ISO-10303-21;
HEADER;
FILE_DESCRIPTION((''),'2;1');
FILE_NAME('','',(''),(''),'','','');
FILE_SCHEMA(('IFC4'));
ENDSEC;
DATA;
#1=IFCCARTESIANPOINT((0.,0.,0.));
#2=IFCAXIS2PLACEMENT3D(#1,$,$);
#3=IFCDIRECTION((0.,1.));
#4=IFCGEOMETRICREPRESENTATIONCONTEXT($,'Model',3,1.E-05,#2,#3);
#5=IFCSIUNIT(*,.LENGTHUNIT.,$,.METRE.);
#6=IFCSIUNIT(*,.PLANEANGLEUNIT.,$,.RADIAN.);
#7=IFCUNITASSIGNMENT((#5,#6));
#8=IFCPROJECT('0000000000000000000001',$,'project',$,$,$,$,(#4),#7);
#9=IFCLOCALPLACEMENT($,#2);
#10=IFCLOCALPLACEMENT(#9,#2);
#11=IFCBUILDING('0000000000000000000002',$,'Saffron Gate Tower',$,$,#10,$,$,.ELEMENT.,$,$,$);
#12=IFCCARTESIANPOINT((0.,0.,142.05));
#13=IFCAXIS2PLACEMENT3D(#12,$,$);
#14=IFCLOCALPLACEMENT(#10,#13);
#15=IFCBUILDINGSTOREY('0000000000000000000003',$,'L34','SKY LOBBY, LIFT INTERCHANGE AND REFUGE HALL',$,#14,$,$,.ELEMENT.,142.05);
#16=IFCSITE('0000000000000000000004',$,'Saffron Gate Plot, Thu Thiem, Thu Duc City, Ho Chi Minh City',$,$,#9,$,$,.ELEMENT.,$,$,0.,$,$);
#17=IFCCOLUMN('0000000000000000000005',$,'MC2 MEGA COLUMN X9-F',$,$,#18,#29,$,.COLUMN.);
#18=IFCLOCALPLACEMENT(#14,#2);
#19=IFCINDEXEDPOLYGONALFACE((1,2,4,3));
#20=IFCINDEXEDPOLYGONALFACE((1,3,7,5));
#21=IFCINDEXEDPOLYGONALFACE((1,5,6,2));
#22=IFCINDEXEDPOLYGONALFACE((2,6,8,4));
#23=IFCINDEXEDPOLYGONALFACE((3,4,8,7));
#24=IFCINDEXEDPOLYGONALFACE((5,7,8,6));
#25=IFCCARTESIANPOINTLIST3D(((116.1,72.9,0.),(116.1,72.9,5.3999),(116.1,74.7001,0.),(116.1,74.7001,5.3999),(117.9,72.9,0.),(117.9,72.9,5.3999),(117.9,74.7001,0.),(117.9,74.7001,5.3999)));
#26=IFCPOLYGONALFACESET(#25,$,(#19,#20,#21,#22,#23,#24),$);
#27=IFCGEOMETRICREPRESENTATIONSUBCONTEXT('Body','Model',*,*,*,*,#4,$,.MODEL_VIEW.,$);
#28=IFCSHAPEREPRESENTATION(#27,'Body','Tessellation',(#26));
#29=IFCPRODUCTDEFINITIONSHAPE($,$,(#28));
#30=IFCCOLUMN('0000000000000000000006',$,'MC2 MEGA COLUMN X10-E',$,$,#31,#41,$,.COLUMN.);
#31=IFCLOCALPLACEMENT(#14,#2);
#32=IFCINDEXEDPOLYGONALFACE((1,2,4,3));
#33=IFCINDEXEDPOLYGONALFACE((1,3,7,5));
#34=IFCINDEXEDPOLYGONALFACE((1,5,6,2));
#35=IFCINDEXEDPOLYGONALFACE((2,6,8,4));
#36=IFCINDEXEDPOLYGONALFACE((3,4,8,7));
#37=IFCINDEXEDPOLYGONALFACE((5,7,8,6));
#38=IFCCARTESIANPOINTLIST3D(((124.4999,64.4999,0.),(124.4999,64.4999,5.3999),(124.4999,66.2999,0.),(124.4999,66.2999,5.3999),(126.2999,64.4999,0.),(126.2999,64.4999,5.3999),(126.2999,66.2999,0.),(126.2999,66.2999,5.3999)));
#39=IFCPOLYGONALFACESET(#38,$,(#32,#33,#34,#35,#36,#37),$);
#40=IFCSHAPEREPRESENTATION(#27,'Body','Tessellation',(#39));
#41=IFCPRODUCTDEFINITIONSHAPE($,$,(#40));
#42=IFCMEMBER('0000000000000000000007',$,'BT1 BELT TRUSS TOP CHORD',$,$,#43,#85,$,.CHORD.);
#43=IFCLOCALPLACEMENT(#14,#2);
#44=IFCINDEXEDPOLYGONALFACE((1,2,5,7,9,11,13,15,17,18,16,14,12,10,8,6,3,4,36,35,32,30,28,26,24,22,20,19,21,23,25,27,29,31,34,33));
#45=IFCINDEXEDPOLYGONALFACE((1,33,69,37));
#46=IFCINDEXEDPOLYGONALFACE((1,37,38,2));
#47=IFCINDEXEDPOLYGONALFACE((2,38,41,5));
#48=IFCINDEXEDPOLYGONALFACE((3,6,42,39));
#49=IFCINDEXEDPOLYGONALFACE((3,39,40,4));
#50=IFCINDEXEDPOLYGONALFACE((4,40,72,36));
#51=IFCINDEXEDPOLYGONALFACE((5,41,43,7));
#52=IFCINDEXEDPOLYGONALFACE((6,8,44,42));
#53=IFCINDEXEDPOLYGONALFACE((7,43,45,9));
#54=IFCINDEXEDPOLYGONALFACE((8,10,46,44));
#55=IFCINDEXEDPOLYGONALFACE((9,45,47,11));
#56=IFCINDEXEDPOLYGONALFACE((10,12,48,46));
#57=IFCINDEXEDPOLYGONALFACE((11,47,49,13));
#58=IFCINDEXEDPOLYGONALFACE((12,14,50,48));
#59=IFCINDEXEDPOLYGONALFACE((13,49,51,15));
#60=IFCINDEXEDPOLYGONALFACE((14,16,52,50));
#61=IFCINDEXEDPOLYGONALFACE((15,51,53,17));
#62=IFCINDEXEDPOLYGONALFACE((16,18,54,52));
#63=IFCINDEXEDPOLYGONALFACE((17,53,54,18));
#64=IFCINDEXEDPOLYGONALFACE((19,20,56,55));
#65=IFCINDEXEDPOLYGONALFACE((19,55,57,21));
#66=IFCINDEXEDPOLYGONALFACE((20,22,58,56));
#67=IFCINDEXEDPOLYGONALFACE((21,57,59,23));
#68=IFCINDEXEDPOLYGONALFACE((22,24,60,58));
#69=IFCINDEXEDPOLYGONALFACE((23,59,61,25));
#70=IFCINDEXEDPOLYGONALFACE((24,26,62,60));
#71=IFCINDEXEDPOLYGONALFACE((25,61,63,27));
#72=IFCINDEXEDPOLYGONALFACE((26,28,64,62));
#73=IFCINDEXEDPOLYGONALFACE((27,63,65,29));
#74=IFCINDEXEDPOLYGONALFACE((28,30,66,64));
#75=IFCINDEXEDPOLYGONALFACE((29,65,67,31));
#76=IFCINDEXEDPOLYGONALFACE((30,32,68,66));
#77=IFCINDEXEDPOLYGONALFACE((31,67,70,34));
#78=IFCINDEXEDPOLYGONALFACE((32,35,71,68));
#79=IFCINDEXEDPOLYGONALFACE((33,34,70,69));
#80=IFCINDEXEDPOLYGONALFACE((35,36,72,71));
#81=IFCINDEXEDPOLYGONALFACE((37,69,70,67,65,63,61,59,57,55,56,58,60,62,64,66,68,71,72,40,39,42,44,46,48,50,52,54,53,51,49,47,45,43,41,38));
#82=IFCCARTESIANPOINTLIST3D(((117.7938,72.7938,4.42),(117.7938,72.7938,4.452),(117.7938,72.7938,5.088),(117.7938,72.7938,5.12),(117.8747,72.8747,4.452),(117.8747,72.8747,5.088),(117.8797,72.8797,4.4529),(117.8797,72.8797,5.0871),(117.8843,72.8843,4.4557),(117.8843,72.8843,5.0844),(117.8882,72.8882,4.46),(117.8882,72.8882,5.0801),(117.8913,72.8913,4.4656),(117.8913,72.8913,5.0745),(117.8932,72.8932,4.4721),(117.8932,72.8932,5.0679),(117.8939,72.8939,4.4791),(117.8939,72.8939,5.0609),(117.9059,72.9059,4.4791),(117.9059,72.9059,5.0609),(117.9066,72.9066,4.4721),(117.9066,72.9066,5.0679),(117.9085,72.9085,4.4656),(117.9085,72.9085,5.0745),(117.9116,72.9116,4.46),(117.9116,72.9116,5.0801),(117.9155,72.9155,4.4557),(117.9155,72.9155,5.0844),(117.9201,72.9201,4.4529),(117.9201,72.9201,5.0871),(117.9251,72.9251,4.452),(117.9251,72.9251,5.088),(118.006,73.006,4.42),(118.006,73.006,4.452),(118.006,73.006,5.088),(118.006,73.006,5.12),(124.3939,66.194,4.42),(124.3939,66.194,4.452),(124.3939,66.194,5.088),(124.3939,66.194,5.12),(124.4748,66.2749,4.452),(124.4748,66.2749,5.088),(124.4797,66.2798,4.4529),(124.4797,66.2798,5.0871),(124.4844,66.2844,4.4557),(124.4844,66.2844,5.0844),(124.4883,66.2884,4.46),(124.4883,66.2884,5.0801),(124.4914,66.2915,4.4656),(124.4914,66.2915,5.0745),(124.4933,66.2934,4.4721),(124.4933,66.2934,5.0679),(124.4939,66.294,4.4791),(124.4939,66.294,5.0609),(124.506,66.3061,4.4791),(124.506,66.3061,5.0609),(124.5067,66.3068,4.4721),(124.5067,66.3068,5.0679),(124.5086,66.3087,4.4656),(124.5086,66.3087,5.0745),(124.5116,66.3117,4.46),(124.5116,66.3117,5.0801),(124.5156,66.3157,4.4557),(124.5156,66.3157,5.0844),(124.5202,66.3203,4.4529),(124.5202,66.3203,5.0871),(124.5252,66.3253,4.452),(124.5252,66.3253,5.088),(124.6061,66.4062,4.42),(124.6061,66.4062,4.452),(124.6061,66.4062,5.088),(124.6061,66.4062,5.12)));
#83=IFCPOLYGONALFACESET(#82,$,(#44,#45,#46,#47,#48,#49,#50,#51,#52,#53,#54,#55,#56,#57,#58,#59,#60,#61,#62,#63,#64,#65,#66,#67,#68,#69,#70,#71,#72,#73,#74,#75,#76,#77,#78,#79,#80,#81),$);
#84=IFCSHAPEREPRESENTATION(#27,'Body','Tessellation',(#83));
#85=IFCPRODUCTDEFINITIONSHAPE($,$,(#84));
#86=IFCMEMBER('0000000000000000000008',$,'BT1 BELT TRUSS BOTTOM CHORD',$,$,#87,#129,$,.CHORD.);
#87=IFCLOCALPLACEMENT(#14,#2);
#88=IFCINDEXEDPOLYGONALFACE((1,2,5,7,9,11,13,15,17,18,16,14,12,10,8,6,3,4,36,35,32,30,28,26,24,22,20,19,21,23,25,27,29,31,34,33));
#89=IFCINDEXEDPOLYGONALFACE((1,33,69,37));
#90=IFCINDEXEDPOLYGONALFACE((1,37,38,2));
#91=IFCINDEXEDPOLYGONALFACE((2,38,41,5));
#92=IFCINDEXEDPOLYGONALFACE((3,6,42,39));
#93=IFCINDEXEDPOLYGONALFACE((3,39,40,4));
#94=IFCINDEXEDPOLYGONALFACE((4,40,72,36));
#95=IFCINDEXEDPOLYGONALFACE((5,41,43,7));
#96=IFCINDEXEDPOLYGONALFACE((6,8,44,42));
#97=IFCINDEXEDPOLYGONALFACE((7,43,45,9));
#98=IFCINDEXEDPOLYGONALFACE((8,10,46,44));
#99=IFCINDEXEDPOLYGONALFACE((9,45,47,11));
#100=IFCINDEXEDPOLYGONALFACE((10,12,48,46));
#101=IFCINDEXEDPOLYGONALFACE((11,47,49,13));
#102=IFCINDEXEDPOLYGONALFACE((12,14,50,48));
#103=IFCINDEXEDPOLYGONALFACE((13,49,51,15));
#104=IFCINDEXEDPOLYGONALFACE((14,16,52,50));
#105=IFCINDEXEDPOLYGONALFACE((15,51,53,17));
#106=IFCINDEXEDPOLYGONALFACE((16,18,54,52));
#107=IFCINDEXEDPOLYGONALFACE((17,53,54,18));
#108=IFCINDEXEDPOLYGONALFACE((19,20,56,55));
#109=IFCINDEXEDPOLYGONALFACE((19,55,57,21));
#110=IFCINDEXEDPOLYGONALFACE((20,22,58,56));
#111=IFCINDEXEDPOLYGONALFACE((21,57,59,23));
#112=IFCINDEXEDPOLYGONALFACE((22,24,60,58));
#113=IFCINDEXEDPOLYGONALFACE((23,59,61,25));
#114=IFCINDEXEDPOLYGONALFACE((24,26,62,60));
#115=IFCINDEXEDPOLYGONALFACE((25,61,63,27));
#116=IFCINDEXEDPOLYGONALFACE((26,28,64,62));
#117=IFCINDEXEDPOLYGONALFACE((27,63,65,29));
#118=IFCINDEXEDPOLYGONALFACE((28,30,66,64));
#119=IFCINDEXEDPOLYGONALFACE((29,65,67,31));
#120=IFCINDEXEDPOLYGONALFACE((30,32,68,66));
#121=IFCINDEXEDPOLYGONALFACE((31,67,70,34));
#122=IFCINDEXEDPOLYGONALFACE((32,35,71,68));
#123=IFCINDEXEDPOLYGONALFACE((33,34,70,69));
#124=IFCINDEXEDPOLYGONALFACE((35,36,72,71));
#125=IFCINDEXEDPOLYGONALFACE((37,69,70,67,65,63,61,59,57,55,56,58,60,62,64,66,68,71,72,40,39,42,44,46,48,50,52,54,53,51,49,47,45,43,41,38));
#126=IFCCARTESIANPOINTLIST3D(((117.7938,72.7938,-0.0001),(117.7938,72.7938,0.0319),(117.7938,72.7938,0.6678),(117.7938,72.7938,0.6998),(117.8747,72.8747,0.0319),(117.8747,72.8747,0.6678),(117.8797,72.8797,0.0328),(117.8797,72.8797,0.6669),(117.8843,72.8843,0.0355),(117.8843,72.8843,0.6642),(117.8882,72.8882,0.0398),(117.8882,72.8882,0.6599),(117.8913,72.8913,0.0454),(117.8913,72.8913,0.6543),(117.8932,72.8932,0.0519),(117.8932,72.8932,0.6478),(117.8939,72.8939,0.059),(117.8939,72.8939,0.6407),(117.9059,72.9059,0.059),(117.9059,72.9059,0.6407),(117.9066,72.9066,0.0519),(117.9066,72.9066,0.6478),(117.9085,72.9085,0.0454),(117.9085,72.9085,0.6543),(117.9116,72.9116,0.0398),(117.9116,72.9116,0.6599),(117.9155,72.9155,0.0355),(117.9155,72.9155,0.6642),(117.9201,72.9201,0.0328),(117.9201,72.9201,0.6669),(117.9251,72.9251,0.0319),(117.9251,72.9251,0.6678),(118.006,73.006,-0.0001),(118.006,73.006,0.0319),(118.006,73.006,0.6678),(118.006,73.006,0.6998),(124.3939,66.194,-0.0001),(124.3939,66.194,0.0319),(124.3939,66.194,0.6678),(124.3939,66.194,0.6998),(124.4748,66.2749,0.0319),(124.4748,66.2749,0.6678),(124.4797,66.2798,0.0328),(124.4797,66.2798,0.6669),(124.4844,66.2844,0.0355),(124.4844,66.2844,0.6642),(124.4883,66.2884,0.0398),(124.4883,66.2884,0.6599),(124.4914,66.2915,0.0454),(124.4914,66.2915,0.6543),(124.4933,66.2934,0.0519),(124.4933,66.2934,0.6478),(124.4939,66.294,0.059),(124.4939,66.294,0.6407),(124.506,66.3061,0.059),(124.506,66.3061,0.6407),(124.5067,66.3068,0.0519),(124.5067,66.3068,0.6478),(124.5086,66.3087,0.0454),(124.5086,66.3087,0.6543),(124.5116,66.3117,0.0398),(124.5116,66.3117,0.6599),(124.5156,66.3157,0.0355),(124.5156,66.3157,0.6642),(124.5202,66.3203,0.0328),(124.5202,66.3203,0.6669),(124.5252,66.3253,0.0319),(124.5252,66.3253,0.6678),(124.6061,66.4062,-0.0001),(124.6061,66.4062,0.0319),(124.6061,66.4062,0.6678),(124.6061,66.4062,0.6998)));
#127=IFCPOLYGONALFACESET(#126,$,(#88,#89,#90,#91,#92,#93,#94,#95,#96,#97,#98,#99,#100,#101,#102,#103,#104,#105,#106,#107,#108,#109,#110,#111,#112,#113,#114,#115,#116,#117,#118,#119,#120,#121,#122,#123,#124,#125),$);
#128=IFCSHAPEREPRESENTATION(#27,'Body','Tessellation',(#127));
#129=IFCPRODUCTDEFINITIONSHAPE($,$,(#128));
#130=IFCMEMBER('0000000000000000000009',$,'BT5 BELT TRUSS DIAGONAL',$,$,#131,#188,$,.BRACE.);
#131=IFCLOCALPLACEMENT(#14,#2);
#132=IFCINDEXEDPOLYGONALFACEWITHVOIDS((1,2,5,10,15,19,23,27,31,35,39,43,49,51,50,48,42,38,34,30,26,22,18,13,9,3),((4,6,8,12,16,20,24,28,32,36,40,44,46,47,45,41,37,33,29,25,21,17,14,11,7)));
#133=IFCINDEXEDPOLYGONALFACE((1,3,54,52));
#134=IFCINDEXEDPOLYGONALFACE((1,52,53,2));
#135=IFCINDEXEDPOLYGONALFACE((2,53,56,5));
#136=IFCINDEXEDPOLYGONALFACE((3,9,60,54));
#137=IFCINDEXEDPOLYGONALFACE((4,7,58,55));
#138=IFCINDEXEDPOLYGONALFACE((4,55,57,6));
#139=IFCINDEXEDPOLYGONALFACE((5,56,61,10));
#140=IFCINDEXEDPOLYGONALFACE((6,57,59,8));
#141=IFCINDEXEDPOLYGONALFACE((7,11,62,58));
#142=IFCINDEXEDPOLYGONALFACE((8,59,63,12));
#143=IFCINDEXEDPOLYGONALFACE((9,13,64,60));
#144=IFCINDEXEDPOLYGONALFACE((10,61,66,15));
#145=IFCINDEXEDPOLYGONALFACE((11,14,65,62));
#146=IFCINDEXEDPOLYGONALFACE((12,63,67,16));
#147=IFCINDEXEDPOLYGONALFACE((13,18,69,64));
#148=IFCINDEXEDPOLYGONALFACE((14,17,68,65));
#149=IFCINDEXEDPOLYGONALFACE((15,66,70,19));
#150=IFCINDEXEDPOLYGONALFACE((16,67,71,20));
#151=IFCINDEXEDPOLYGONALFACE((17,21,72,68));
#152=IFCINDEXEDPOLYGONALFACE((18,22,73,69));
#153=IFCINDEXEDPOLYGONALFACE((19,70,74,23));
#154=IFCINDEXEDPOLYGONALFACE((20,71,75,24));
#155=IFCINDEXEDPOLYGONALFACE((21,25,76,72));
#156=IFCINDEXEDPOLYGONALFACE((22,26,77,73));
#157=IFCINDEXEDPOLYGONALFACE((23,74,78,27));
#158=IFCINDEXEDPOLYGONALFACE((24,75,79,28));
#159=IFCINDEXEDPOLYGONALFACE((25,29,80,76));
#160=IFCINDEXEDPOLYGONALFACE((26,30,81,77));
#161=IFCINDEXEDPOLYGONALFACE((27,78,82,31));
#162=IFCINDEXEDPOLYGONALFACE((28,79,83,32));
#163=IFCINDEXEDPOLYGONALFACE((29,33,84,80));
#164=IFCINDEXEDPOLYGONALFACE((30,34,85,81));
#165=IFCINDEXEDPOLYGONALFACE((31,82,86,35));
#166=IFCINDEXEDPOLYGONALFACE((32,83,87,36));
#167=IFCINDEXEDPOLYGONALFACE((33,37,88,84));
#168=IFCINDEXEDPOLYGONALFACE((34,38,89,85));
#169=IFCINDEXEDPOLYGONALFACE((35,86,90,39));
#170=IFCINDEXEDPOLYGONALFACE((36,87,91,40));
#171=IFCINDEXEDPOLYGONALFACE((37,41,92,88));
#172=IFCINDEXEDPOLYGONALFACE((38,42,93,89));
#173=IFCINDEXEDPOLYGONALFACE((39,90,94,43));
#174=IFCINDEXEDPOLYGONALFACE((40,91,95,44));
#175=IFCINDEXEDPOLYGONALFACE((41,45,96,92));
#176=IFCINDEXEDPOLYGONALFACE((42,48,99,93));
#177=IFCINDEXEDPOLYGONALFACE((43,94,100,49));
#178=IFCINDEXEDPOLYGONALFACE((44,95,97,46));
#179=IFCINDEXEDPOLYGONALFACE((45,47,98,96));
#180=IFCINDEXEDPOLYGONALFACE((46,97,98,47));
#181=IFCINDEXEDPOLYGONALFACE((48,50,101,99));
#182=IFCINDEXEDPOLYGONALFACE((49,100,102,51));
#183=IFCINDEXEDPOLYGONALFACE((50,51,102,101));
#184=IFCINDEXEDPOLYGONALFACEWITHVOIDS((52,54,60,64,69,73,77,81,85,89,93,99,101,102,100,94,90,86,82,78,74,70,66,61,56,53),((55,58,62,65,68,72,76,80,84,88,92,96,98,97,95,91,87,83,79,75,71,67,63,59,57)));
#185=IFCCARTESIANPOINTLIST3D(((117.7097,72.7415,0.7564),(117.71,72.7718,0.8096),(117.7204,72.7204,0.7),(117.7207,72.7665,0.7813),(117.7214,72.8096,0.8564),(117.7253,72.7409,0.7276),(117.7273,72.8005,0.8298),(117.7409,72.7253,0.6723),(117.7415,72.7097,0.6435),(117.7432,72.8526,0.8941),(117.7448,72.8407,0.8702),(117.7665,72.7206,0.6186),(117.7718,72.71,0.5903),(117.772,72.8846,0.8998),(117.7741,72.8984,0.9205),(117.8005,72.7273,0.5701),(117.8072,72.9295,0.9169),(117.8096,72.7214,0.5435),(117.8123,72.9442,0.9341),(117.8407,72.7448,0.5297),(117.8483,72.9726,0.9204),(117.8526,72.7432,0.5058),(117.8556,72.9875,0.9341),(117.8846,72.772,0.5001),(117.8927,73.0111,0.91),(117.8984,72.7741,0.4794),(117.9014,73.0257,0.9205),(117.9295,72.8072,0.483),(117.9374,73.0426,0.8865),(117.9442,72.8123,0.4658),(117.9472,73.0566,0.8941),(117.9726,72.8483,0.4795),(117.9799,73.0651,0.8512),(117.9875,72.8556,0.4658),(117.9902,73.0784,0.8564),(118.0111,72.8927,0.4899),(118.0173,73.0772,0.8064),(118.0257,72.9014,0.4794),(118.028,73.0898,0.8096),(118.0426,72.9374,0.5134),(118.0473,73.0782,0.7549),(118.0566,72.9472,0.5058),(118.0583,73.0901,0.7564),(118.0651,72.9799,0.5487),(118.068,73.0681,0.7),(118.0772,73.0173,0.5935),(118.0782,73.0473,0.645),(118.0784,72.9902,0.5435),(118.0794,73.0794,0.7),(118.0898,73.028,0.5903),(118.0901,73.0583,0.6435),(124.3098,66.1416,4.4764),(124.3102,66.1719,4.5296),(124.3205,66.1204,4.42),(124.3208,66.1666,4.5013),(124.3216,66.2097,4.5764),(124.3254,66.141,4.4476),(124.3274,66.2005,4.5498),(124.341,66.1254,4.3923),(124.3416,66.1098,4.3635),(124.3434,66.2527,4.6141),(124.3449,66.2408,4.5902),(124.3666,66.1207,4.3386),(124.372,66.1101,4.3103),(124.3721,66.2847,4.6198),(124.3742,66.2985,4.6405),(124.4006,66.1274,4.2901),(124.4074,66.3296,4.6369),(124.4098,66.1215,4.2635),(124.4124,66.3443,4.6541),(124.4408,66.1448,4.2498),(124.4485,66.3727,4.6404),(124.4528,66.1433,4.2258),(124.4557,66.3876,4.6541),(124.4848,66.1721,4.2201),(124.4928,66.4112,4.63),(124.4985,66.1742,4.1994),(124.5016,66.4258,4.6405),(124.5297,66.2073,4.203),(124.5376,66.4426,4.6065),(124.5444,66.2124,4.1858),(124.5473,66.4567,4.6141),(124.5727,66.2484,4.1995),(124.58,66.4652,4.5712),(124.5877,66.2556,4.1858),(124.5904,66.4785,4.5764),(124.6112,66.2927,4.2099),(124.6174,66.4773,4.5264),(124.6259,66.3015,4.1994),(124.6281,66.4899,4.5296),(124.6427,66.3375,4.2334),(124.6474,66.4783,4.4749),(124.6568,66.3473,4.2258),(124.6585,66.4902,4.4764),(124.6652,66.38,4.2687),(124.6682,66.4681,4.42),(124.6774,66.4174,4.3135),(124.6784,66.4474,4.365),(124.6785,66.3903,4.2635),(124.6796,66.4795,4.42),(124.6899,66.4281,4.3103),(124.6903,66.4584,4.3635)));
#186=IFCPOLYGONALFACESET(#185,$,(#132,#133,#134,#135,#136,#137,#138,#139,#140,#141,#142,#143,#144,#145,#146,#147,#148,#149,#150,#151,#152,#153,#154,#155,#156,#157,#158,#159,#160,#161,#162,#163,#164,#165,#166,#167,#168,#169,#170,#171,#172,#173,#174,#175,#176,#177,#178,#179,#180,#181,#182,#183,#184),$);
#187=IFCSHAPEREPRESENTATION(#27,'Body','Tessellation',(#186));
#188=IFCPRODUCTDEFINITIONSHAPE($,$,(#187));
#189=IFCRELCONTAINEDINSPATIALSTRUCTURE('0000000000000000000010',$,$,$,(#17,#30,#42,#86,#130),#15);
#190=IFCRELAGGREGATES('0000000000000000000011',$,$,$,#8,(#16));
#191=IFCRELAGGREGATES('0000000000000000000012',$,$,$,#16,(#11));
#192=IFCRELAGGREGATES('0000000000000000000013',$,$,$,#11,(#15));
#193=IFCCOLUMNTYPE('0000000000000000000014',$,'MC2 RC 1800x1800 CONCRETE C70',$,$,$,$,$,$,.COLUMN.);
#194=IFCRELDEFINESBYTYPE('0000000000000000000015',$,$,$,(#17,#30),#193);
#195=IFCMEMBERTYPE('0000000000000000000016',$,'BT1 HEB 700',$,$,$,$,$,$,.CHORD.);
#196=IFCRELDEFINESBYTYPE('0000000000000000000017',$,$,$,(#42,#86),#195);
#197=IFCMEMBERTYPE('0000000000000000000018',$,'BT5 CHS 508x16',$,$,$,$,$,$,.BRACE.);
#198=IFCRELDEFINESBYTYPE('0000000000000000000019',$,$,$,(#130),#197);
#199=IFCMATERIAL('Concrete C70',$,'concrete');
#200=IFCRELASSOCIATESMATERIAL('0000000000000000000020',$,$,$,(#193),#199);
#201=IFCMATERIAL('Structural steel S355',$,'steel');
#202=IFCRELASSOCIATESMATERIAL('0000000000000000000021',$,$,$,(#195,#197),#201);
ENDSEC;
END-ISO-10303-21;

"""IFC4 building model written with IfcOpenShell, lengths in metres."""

from ifc_helpers import new_model, si_unit, direction, frame, origin, origin_2d, place, context, subcontext, project, spatial, rectangle, hollow_circle, i_section, extrude, material, material_profile, profile_set, type_object, element, save


model = new_model("IFC4")

# Units and contexts
model_context = context("Model", 3, precision=1e-05, world=origin(), true_north=direction((0.0, 1.0)))
body_context = subcontext(model_context, "Body", "Model", "MODEL_VIEW")
ifc_project = project(units=[si_unit("LENGTHUNIT", "METRE"), si_unit("PLANEANGLEUNIT", "RADIAN")], contexts=[model_context])

# Site, building, storey
site_placement = place(None, origin())
site = spatial("IfcSite", under=ifc_project, at=site_placement, Name="Saffron Gate Plot, Thu Thiem, Thu Duc City, Ho Chi Minh City", CompositionType="ELEMENT", RefElevation=0.0)
building_placement = place(site_placement, origin())
building = spatial("IfcBuilding", under=site, at=building_placement, Name="Saffron Gate Tower", CompositionType="ELEMENT")
storey_placement = place(building_placement, frame((0.0, 0.0, 142.05)))
storey = spatial("IfcBuildingStorey", under=building, at=storey_placement, Name="L34", Description="SKY LOBBY, LIFT INTERCHANGE AND REFUGE HALL", CompositionType="ELEMENT", Elevation=142.05)

# Columns
ifc_material_1 = material(Name="Concrete C70", Category="concrete")
ifc_material_profile_1 = material_profile(ifc_material_1, rectangle(XDim=1.8, YDim=1.8, at=origin_2d()))
ifc_profile_set_1 = profile_set([ifc_material_profile_1], Name="Concrete C70")
column_type = type_object("IfcColumnType", Name="MC2 RC 1800x1800 CONCRETE C70", PredefinedType="COLUMN", material=ifc_profile_set_1)
for number, where, z_axis, x_axis, name in (
    (1, (117.0, 73.8, 0.0), (0.0, 0.0, 1.0), (1.0, 0.0, 0.0), "MC2 MEGA COLUMN X9-F"),
    (2, (125.3999, 65.3999, 0.0), (0.0, 0.0, 1.0), (1.0, 0.0, 0.0), "MC2 MEGA COLUMN X10-E"),
):
    element("IfcColumn", number, at=place(storey_placement, frame(where, z_axis=z_axis, x_axis=x_axis)), inside=storey, type_object=column_type, Name=name, PredefinedType="COLUMN", context=body_context, shape_type="SweptSolid", body=[
        extrude(rectangle(XDim=1.8, YDim=1.8, at=origin_2d()), origin(), (0.0, 0.0, 1.0), 5.3999),
    ])

# Members
ifc_material_2 = material(Name="Structural steel S355", Category="steel")
ifc_material_profile_2 = material_profile(ifc_material_2, i_section(OverallWidth=0.3, OverallDepth=0.7, WebThickness=0.0171, FlangeThickness=0.032, FilletRadius=0.0271, at=origin_2d()))
ifc_profile_set_2 = profile_set([ifc_material_profile_2], Name="Structural steel S355")
member_type_1 = type_object("IfcMemberType", Name="BT1 HEB 700", PredefinedType="CHORD", material=ifc_profile_set_2)
for number, where, z_axis, x_axis, name in (
    (3, (117.8999, 72.8999, 4.77), (0.70712, -0.707094, 0.0), (0.707094, 0.70712, 0.0), "BT1 BELT TRUSS TOP CHORD"),
    (4, (117.8999, 72.8999, 0.3499), (0.70712, -0.707094, 0.0), (0.707094, 0.70712, 0.0), "BT1 BELT TRUSS BOTTOM CHORD"),
):
    element("IfcMember", number, at=place(storey_placement, frame(where, z_axis=z_axis, x_axis=x_axis)), inside=storey, type_object=member_type_1, Name=name, PredefinedType="CHORD", context=body_context, shape_type="SweptSolid", body=[
        extrude(i_section(OverallWidth=0.3, OverallDepth=0.7, WebThickness=0.0171, FlangeThickness=0.032, FilletRadius=0.0271, at=origin_2d()), origin(), (0.0, 0.0, 1.0), 9.3337),
    ])
ifc_material_profile_3 = material_profile(ifc_material_2, hollow_circle(Radius=0.2539, WallThickness=0.0161, at=origin_2d()))
ifc_profile_set_3 = profile_set([ifc_material_profile_3], Name="Structural steel S355")
member_type_2 = type_object("IfcMemberType", Name="BT5 CHS 508x16", PredefinedType="BRACE", material=ifc_profile_set_3)
member_1_placement = place(storey_placement, frame((117.8999, 72.8999, 0.7), z_axis=(0.656872, -0.656848, 0.370229), x_axis=(0.707094, 0.70712, 0.0)))
element("IfcMember", 5, at=member_1_placement, inside=storey, type_object=member_type_2, Name="BT5 BELT TRUSS DIAGONAL", PredefinedType="BRACE", context=body_context, shape_type="SweptSolid", body=[
    extrude(hollow_circle(Radius=0.2539, WallThickness=0.0161, at=origin_2d()), origin(), (0.0, 0.0, 1.0), 10.0479),
])

save(model, "model.ifc")
